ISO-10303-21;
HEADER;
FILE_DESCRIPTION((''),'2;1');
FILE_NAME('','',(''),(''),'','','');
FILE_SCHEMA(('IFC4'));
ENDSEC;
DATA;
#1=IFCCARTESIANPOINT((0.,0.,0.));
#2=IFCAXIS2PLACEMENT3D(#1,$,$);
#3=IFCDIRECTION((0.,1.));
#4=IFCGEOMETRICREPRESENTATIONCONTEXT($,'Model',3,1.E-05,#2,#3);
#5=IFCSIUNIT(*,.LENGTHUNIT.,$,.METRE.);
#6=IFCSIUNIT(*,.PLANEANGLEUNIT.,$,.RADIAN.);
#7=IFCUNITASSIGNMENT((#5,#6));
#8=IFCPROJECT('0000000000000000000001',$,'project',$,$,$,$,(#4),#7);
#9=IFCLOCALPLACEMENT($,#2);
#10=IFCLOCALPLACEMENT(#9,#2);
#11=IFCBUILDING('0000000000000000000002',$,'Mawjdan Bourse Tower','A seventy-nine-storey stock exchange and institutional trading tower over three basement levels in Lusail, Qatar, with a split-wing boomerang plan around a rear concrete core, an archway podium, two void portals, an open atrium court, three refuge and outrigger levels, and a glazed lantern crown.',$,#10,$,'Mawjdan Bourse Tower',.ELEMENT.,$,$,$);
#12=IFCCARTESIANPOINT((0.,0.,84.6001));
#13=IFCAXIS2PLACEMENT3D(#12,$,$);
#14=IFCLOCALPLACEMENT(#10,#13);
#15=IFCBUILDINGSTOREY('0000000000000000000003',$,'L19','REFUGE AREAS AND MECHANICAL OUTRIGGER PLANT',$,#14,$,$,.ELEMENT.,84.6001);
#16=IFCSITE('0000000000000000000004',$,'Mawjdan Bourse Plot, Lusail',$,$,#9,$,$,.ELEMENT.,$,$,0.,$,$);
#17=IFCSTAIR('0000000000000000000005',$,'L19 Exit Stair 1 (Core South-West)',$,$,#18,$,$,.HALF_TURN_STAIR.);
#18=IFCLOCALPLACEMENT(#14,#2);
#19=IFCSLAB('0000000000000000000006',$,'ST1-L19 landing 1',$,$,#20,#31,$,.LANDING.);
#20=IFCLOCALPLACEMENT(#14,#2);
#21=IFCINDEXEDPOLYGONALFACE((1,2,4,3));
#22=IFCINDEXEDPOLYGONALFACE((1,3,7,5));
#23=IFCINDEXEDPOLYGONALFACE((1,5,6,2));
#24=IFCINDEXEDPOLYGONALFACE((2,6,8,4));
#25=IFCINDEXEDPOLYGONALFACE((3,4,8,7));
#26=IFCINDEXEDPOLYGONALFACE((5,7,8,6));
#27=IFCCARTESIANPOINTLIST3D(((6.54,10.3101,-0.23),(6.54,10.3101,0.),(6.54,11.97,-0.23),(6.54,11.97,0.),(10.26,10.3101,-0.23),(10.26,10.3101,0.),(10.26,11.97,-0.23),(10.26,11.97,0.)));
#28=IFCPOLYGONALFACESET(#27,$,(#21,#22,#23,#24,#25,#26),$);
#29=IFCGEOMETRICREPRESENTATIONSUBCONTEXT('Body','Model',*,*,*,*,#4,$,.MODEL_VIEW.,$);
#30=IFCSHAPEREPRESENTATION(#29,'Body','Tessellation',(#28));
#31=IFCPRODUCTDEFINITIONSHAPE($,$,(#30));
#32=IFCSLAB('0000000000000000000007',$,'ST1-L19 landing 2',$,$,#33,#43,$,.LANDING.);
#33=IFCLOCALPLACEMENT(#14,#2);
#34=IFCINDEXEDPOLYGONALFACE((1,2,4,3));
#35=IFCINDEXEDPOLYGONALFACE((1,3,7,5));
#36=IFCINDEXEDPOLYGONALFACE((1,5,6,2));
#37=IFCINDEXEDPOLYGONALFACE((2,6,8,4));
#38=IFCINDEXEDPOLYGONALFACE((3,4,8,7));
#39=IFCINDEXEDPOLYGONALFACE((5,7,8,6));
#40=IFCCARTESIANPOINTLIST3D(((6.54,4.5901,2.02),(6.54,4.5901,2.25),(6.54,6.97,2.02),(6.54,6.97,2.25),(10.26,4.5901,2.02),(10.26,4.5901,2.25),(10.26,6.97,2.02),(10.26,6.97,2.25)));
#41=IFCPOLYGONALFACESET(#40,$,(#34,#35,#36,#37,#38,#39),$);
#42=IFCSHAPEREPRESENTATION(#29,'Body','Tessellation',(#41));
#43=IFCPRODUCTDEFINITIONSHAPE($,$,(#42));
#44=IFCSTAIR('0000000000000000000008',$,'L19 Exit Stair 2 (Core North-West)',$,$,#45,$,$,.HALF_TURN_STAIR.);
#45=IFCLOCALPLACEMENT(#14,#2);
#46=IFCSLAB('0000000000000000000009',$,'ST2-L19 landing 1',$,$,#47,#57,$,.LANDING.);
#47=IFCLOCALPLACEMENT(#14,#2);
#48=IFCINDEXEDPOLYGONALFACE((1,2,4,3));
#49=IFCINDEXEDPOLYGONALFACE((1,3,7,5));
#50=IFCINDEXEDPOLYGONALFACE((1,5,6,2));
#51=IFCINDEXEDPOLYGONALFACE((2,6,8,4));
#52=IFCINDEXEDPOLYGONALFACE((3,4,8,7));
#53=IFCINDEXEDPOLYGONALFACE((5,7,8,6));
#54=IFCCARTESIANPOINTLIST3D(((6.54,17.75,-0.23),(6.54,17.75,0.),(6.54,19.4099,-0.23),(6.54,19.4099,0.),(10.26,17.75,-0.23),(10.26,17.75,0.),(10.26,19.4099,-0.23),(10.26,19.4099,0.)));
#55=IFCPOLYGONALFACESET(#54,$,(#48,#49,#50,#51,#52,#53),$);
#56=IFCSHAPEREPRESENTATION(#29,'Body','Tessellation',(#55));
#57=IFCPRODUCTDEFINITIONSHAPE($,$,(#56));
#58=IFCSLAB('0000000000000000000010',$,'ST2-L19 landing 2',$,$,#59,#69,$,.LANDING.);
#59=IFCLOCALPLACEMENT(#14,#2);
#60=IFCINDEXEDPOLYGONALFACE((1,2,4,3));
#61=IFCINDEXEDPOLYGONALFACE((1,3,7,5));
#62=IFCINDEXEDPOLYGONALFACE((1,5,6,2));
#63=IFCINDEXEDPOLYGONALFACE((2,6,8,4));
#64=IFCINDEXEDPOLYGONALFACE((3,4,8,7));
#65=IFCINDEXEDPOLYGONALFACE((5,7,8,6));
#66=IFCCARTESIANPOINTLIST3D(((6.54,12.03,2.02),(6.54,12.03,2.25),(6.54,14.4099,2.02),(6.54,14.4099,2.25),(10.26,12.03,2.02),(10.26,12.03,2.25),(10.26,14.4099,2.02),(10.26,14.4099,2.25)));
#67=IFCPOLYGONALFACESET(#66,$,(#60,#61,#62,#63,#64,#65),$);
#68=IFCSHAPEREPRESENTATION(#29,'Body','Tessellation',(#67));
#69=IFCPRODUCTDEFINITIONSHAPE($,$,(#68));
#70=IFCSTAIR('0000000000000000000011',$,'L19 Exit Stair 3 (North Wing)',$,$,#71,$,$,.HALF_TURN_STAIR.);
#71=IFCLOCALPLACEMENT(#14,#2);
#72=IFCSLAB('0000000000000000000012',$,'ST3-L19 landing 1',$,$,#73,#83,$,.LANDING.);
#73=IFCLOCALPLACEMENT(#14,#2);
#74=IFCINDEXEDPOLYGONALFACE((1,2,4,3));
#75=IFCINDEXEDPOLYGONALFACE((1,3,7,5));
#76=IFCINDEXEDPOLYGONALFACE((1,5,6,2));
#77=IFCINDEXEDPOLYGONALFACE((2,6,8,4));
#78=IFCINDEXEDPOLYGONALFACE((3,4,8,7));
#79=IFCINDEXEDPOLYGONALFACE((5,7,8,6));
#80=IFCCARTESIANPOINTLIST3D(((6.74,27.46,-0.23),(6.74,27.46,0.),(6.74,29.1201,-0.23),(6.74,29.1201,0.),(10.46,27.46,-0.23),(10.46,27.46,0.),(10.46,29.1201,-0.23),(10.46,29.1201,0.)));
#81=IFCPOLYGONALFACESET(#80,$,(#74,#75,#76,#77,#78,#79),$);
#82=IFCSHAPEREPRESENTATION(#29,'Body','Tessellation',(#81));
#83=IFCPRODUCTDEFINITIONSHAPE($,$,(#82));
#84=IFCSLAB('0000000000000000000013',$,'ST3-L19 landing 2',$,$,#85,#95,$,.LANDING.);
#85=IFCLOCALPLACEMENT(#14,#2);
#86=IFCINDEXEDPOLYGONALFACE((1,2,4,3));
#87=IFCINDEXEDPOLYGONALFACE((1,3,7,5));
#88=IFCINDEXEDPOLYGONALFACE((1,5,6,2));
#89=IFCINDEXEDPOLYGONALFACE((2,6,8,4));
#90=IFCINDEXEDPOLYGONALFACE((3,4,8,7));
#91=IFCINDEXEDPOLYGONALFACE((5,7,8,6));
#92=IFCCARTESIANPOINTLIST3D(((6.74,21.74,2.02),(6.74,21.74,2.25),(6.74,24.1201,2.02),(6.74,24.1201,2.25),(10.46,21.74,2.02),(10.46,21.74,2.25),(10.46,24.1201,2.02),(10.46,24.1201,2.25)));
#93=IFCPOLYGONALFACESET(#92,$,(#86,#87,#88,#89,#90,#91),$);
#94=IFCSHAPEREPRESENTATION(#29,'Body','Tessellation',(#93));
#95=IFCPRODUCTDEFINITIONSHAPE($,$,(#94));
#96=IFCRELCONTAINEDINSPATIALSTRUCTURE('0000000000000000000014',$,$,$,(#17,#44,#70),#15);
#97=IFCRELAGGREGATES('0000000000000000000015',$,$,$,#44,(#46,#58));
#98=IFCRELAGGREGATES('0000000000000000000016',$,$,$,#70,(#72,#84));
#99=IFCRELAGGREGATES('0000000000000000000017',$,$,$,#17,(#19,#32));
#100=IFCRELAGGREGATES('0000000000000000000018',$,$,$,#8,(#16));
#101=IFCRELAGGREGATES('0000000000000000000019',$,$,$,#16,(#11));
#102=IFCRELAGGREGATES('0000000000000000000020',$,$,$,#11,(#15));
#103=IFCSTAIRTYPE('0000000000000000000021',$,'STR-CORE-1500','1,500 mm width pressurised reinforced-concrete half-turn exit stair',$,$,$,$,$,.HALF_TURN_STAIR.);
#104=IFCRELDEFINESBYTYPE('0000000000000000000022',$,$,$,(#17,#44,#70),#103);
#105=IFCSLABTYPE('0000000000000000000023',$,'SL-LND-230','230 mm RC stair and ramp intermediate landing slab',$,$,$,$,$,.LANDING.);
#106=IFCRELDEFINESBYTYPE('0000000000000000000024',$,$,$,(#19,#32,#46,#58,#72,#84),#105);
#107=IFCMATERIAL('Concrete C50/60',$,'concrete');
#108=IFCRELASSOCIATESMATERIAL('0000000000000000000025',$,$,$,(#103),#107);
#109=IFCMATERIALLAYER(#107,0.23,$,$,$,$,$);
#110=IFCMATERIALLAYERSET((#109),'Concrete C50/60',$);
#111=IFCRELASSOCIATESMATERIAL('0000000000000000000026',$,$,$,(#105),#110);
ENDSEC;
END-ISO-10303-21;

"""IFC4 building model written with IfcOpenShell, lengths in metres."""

from ifc_helpers import new_model, si_unit, direction, frame, origin, place, context, subcontext, project, spatial, polyline, outline, extrude, material, layer, layer_set, type_object, element, aggregate, save


model = new_model("IFC4")

# Units and contexts
model_context = context("Model", 3, precision=1e-05, world=origin(), true_north=direction((0.0, 1.0)))
body_context = subcontext(model_context, "Body", "Model", "MODEL_VIEW")
ifc_project = project(units=[si_unit("LENGTHUNIT", "METRE"), si_unit("PLANEANGLEUNIT", "RADIAN")], contexts=[model_context])

# Site, building, storey
site_placement = place(None, origin())
site = spatial("IfcSite", under=ifc_project, at=site_placement, Name="Mawjdan Bourse Plot, Lusail", CompositionType="ELEMENT", RefElevation=0.0)
building_placement = place(site_placement, origin())
building = spatial("IfcBuilding", under=site, at=building_placement, Name="Mawjdan Bourse Tower", Description="A seventy-nine-storey stock exchange and institutional trading tower over three basement levels in Lusail, Qatar, with a split-wing boomerang plan around a rear concrete core, an archway podium, two void portals, an open atrium court, three refuge and outrigger levels, and a glazed lantern crown.", LongName="Mawjdan Bourse Tower", CompositionType="ELEMENT")
storey_placement = place(building_placement, frame((0.0, 0.0, 84.6001)))
storey = spatial("IfcBuildingStorey", under=building, at=storey_placement, Name="L19", Description="REFUGE AREAS AND MECHANICAL OUTRIGGER PLANT", CompositionType="ELEMENT", Elevation=84.6001)

# Stairs, slabs
ifc_material_1 = material(Name="Concrete C50/60", Category="concrete")
stair_type = type_object("IfcStairType", Name="STR-CORE-1500", Description="1,500 mm width pressurised reinforced-concrete half-turn exit stair", PredefinedType="HALF_TURN_STAIR", material=ifc_material_1)
stair_1_placement = place(storey_placement, origin())
stair_1 = element("IfcStair", 1, at=stair_1_placement, inside=storey, type_object=stair_type, Name="L19 Exit Stair 1 (Core South-West)", PredefinedType="HALF_TURN_STAIR")
ifc_layer_1 = layer(ifc_material_1, 0.23)
ifc_layer_set_1 = layer_set([ifc_layer_1], Name="Concrete C50/60")
slab_type_1 = type_object("IfcSlabType", Name="SL-LND-230", Description="230 mm RC stair and ramp intermediate landing slab", PredefinedType="LANDING", material=ifc_layer_set_1)
slab_1_placement = place(storey_placement, frame((0.0, 0.0, -0.23)))
slab_1 = element("IfcSlab", 2, at=slab_1_placement, type_object=slab_type_1, Name="ST1-L19 landing 1", PredefinedType="LANDING", context=body_context, shape_type="SweptSolid", body=[
    extrude(outline(polyline([(6.54, 10.3101), (10.26, 10.3101), (10.26, 11.97), (6.54, 11.97), (6.54, 10.3101)])), origin(), (0.0, 0.0, 1.0), 0.23),
])
slab_2_placement = place(storey_placement, frame((0.0, 0.0, 2.02)))
slab_2 = element("IfcSlab", 3, at=slab_2_placement, type_object=slab_type_1, Name="ST1-L19 landing 2", PredefinedType="LANDING", context=body_context, shape_type="SweptSolid", body=[
    extrude(outline(polyline([(6.54, 4.5901), (10.26, 4.5901), (10.26, 6.97), (6.54, 6.97), (6.54, 4.5901)])), origin(), (0.0, 0.0, 1.0), 0.23),
])
stair_2_placement = place(storey_placement, origin())
stair_2 = element("IfcStair", 4, at=stair_2_placement, inside=storey, type_object=stair_type, Name="L19 Exit Stair 2 (Core North-West)", PredefinedType="HALF_TURN_STAIR")
slab_3_placement = place(storey_placement, frame((0.0, 0.0, -0.23)))
slab_3 = element("IfcSlab", 5, at=slab_3_placement, type_object=slab_type_1, Name="ST2-L19 landing 1", PredefinedType="LANDING", context=body_context, shape_type="SweptSolid", body=[
    extrude(outline(polyline([(6.54, 17.75), (10.26, 17.75), (10.26, 19.4099), (6.54, 19.4099), (6.54, 17.75)])), origin(), (0.0, 0.0, 1.0), 0.23),
])
slab_4_placement = place(storey_placement, frame((0.0, 0.0, 2.02)))
slab_4 = element("IfcSlab", 6, at=slab_4_placement, type_object=slab_type_1, Name="ST2-L19 landing 2", PredefinedType="LANDING", context=body_context, shape_type="SweptSolid", body=[
    extrude(outline(polyline([(6.54, 12.03), (10.26, 12.03), (10.26, 14.4099), (6.54, 14.4099), (6.54, 12.03)])), origin(), (0.0, 0.0, 1.0), 0.23),
])
aggregate(stair_2, [slab_3, slab_4])
stair_3_placement = place(storey_placement, origin())
stair_3 = element("IfcStair", 7, at=stair_3_placement, inside=storey, type_object=stair_type, Name="L19 Exit Stair 3 (North Wing)", PredefinedType="HALF_TURN_STAIR")
slab_5_placement = place(storey_placement, frame((0.0, 0.0, -0.23)))
slab_5 = element("IfcSlab", 8, at=slab_5_placement, type_object=slab_type_1, Name="ST3-L19 landing 1", PredefinedType="LANDING", context=body_context, shape_type="SweptSolid", body=[
    extrude(outline(polyline([(6.74, 27.46), (10.46, 27.46), (10.46, 29.1201), (6.74, 29.1201), (6.74, 27.46)])), origin(), (0.0, 0.0, 1.0), 0.23),
])
slab_6_placement = place(storey_placement, frame((0.0, 0.0, 2.02)))
slab_6 = element("IfcSlab", 9, at=slab_6_placement, type_object=slab_type_1, Name="ST3-L19 landing 2", PredefinedType="LANDING", context=body_context, shape_type="SweptSolid", body=[
    extrude(outline(polyline([(6.74, 21.74), (10.46, 21.74), (10.46, 24.1201), (6.74, 24.1201), (6.74, 21.74)])), origin(), (0.0, 0.0, 1.0), 0.23),
])
aggregate(stair_3, [slab_5, slab_6])

aggregate(stair_1, [slab_1, slab_2])

save(model, "model.ifc")
